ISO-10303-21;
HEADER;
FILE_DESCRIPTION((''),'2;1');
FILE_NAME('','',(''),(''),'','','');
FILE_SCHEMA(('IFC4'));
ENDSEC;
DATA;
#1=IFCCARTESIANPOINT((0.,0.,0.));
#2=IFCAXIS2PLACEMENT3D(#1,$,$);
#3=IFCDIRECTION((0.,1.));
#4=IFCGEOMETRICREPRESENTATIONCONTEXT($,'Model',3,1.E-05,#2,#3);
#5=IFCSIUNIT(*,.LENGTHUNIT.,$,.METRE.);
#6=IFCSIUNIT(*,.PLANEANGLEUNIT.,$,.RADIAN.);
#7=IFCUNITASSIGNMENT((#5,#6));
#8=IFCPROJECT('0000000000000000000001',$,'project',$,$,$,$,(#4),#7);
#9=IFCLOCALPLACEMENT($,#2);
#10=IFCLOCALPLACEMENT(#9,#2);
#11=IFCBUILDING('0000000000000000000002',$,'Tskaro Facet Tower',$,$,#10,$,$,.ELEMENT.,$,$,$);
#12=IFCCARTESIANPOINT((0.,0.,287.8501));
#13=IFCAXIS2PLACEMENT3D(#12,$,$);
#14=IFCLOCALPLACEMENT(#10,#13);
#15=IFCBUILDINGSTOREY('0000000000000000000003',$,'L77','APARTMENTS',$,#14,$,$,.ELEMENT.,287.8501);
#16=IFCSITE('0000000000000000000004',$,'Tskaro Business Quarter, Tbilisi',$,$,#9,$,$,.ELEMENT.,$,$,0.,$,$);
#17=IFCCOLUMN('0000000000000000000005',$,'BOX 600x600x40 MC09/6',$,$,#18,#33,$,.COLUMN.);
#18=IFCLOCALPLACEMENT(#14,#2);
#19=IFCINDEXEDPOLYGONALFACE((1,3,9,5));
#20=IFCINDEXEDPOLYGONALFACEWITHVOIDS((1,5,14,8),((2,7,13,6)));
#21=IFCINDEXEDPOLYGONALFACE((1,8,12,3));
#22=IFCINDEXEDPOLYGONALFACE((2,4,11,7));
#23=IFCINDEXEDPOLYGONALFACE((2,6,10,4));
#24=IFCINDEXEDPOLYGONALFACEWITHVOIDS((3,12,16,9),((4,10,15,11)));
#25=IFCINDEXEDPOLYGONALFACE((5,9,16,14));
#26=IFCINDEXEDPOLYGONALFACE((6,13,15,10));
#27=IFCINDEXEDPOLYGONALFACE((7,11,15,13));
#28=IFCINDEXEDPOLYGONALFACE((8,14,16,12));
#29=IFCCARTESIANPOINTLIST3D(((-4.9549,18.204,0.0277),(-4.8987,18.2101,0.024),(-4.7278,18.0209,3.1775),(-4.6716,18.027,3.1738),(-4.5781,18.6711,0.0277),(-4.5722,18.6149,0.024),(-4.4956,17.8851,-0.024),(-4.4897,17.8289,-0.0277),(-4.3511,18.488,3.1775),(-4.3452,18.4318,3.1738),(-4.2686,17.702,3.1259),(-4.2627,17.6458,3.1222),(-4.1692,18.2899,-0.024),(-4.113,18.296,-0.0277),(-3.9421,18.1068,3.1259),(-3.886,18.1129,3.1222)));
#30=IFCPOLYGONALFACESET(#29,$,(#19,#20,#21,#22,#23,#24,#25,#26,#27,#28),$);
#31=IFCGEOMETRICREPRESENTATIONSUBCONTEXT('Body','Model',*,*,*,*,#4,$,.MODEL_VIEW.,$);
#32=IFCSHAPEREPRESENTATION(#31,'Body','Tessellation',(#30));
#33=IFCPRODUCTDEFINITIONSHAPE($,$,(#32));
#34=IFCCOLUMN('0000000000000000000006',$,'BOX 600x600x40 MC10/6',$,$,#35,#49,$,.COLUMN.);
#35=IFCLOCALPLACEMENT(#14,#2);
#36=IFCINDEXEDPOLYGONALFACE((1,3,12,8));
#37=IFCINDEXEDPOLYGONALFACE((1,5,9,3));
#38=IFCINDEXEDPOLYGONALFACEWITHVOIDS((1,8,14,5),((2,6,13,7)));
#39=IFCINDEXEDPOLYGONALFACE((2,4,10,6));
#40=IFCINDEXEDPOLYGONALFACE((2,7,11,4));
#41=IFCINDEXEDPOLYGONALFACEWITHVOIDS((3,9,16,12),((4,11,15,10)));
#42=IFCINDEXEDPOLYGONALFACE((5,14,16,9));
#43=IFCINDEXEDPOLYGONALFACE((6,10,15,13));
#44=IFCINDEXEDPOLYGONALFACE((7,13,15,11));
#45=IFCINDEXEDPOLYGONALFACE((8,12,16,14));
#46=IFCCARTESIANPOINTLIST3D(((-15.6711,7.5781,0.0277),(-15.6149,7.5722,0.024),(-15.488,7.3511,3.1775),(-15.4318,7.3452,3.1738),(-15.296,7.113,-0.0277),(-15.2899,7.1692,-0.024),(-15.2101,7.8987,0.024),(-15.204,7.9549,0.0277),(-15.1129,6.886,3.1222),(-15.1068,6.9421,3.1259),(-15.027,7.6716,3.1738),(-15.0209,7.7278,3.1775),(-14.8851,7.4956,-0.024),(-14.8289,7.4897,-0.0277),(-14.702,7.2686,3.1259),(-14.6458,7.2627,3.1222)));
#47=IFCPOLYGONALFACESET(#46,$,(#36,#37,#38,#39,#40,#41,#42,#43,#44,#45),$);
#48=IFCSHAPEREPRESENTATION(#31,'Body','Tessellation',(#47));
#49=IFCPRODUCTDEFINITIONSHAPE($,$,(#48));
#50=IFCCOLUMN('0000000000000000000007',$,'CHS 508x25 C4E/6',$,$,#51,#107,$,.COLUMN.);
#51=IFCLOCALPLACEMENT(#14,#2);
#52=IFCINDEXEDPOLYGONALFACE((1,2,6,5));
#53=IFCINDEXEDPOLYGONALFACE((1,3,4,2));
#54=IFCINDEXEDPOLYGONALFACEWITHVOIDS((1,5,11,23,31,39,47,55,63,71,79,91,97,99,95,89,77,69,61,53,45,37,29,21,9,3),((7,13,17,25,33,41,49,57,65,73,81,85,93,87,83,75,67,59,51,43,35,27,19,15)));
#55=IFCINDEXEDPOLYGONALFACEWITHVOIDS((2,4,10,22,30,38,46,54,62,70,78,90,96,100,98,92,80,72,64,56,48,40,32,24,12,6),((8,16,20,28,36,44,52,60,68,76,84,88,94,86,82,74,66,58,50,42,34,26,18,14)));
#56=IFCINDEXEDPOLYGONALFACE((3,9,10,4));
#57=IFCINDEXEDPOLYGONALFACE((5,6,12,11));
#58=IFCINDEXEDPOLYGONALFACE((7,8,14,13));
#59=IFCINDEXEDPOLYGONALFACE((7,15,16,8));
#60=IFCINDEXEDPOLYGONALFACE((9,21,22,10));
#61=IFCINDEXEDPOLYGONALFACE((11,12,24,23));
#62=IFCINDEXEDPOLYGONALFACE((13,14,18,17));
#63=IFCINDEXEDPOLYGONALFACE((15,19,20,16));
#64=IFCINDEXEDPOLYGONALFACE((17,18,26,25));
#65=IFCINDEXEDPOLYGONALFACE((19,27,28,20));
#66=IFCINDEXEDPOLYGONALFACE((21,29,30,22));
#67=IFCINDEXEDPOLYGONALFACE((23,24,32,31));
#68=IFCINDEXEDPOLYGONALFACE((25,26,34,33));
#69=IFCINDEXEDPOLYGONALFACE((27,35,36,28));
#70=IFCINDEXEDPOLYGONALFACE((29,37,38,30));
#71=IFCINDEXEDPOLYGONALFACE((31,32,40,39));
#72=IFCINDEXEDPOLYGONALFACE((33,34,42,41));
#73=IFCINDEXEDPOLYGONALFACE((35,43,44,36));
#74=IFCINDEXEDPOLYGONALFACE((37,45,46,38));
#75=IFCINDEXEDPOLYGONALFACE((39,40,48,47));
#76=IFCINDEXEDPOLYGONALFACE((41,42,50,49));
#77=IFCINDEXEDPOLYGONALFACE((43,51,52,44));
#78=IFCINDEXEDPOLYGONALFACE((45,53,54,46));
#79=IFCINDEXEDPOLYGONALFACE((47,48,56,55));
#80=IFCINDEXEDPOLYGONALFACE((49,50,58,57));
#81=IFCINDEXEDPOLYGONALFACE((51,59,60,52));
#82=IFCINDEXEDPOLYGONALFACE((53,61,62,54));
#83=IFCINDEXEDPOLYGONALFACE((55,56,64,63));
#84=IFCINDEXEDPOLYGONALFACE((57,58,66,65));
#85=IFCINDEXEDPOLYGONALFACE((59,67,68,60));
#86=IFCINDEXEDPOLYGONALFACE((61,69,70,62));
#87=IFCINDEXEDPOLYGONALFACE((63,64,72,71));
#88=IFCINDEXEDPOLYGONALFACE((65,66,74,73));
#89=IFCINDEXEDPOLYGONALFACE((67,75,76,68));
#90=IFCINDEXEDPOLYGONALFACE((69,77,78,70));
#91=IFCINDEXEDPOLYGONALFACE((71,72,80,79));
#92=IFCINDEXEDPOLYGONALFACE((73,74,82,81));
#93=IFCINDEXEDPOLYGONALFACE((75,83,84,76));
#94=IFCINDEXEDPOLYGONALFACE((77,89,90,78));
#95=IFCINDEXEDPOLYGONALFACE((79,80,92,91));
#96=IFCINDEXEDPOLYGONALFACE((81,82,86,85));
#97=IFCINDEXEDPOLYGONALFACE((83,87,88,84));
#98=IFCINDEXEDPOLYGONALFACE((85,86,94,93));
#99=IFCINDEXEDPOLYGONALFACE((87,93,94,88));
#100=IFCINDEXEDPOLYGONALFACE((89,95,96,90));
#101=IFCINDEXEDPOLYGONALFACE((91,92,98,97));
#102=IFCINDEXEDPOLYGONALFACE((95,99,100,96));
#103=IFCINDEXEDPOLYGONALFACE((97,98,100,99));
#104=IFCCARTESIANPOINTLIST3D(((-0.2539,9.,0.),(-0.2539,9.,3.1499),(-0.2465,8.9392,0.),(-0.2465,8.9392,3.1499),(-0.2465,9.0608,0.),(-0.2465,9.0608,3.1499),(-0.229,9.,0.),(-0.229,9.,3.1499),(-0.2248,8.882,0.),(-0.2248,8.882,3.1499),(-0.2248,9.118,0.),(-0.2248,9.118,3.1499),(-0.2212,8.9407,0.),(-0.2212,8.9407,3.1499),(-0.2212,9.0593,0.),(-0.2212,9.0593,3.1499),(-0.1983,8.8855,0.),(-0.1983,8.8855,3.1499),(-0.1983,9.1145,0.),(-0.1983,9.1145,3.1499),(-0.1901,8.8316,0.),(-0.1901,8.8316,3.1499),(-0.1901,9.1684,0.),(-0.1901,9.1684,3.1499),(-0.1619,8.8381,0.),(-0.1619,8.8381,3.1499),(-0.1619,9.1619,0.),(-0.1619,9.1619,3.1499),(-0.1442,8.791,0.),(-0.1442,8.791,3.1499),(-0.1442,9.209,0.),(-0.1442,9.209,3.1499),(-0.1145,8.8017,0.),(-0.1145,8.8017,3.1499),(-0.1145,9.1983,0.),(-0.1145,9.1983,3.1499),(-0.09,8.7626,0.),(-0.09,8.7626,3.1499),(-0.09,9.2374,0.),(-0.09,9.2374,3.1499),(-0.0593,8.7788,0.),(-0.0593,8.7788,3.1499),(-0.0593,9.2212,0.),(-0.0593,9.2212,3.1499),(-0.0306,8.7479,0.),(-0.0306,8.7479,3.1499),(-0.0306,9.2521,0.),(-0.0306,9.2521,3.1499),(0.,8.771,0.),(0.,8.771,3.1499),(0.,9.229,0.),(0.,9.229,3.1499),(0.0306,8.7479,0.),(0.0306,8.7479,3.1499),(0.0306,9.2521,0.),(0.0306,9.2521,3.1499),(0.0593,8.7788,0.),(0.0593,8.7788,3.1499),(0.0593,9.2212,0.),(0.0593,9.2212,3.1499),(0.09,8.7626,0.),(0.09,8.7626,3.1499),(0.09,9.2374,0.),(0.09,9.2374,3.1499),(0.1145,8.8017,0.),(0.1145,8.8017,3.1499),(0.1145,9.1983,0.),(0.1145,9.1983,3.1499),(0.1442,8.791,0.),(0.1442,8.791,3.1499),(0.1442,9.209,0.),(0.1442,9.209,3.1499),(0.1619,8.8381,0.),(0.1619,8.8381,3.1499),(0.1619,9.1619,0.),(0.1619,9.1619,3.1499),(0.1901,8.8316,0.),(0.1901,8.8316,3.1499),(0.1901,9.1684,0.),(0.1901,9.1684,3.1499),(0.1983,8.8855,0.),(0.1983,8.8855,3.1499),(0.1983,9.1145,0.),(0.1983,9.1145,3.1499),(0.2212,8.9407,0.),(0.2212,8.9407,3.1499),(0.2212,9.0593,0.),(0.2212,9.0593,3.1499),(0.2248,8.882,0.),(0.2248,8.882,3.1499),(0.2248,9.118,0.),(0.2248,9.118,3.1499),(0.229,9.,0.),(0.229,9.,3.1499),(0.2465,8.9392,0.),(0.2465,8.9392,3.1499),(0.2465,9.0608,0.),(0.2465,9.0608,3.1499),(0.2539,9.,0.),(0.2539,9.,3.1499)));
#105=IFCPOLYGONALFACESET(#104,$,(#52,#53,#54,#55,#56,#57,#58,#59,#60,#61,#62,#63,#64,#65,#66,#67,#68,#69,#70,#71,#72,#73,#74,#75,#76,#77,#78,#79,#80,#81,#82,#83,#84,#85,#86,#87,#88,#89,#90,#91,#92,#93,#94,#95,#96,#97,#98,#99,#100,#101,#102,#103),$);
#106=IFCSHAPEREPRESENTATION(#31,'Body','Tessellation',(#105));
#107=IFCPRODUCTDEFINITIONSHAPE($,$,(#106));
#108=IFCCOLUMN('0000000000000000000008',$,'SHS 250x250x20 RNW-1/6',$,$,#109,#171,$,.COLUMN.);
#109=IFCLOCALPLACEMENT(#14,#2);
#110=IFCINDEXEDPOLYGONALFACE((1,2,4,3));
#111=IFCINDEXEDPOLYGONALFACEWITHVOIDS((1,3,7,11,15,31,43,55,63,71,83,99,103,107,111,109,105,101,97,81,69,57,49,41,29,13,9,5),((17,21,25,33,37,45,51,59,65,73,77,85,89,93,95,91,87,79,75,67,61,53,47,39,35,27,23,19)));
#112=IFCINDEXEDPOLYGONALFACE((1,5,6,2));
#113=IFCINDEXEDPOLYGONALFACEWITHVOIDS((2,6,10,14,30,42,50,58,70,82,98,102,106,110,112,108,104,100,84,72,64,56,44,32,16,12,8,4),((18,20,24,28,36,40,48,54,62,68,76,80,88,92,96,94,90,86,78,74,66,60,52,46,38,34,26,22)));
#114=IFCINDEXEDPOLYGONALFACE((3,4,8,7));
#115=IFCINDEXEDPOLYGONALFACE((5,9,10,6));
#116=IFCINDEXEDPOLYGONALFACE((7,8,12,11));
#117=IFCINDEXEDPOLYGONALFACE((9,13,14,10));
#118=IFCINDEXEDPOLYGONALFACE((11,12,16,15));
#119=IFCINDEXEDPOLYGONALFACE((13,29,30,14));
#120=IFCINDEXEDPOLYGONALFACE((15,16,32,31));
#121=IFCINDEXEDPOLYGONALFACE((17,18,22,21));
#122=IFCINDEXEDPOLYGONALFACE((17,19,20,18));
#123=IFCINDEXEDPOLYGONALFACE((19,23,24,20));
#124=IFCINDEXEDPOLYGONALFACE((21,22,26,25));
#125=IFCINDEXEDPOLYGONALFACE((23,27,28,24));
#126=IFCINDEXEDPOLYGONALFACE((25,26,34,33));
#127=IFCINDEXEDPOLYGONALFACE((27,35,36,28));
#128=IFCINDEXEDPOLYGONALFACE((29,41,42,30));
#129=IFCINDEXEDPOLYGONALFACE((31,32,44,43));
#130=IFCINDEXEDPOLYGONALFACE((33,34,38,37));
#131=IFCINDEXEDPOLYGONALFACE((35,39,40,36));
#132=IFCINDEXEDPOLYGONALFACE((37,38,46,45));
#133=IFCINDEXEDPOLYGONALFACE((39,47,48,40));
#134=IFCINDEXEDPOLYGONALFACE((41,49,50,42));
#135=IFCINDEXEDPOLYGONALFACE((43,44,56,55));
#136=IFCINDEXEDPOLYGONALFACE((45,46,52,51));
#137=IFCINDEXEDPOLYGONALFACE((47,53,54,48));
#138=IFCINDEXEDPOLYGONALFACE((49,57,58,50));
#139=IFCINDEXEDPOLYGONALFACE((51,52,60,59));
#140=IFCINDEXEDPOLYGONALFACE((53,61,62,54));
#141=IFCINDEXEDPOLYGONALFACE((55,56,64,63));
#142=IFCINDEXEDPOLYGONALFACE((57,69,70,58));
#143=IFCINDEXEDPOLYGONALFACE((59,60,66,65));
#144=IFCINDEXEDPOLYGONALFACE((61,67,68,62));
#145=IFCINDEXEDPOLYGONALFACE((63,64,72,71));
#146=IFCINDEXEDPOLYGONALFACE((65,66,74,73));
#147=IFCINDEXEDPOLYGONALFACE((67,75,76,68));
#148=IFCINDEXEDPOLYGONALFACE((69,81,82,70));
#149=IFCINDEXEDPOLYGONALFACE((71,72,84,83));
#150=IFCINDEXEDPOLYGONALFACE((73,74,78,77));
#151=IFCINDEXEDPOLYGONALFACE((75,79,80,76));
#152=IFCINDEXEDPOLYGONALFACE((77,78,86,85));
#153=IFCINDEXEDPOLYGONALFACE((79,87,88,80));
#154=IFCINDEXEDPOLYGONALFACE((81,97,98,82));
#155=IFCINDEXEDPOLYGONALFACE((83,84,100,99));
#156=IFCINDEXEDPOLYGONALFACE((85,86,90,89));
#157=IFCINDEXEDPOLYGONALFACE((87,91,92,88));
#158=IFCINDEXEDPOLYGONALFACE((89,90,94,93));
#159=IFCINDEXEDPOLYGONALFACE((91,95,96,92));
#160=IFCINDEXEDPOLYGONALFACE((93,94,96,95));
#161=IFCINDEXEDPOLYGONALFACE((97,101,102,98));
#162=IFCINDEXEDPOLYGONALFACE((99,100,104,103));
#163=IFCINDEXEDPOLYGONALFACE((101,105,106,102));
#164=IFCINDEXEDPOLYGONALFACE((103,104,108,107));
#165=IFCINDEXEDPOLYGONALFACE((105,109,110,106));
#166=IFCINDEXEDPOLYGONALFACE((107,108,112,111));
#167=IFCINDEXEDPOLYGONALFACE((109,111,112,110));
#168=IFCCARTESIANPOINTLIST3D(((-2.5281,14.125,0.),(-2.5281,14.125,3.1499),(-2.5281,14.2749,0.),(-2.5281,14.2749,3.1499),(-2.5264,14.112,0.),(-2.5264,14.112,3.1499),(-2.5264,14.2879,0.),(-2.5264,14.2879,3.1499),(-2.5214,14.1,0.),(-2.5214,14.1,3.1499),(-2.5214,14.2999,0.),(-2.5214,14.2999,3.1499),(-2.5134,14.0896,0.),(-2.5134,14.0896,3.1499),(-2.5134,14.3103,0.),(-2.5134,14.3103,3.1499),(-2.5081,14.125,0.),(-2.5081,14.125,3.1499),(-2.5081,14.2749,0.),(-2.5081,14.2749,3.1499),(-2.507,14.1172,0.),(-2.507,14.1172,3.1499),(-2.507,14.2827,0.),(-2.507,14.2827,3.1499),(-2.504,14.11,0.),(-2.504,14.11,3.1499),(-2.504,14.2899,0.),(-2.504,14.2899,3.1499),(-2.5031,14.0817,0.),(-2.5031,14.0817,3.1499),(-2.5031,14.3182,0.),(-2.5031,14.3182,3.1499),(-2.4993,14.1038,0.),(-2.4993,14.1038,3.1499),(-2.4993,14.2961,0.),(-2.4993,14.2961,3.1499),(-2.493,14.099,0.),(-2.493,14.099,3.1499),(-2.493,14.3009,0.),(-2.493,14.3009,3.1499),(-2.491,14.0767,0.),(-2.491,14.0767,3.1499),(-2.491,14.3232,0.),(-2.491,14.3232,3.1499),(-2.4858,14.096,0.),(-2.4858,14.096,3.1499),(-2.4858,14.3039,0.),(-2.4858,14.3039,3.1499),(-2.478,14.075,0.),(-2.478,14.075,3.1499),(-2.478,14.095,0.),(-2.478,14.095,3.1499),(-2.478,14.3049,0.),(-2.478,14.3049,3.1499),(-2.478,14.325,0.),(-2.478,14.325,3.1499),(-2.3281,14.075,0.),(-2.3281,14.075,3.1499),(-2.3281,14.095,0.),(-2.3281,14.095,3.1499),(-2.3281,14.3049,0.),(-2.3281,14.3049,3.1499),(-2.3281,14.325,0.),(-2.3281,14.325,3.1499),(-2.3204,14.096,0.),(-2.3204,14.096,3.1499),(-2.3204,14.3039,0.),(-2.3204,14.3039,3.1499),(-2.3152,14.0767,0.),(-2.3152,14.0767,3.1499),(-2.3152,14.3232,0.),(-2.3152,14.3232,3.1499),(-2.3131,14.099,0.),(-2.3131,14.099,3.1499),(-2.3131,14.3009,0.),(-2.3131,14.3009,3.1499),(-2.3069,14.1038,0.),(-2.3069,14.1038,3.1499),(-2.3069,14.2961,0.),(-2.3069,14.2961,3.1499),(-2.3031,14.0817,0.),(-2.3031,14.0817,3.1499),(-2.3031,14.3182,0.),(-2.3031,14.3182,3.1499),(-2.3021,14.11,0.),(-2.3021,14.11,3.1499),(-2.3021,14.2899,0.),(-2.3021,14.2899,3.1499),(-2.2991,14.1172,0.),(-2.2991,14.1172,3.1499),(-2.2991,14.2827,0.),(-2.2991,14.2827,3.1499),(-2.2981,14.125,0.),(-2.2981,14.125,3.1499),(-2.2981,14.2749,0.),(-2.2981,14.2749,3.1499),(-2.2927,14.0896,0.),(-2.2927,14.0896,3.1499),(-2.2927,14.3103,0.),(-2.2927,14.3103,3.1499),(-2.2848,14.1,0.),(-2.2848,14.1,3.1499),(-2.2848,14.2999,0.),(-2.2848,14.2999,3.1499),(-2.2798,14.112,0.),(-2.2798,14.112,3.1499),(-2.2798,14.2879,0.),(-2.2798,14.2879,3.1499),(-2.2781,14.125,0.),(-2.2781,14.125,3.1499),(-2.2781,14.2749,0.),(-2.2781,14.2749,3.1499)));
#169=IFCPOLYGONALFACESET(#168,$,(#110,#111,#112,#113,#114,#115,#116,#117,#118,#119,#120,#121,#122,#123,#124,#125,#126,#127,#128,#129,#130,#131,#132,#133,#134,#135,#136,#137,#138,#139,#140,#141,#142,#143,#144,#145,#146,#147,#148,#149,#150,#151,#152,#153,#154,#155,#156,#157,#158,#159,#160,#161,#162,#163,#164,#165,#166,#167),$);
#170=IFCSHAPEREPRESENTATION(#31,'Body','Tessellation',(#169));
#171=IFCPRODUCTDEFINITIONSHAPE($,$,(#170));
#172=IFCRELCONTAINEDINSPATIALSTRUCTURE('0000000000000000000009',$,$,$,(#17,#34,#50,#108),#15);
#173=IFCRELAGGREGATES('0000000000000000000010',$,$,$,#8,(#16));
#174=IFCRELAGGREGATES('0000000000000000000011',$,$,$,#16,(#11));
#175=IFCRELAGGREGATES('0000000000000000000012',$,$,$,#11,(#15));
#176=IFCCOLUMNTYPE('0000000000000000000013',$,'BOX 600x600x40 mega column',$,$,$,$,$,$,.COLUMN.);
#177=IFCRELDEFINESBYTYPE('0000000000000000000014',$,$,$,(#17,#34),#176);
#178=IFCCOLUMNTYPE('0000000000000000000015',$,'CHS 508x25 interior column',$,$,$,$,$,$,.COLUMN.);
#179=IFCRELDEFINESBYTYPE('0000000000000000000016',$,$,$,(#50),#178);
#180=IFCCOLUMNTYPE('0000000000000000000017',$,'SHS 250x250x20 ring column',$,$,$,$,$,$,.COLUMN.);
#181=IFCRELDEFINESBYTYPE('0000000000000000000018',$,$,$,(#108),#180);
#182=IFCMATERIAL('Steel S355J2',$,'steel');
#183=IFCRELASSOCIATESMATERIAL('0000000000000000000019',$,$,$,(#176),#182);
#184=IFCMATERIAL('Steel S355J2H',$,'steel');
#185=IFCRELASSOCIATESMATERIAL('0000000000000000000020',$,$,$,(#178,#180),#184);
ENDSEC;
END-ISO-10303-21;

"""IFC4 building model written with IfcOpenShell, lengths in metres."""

from ifc_helpers import new_model, si_unit, direction, frame, origin, origin_2d, place, context, subcontext, project, spatial, hollow_rectangle, hollow_circle, extrude, material, material_profile, profile_set, type_object, element, save


model = new_model("IFC4")

# Units and contexts
model_context = context("Model", 3, precision=1e-05, world=origin(), true_north=direction((0.0, 1.0)))
body_context = subcontext(model_context, "Body", "Model", "MODEL_VIEW")
ifc_project = project(units=[si_unit("LENGTHUNIT", "METRE"), si_unit("PLANEANGLEUNIT", "RADIAN")], contexts=[model_context])

# Site, building, storey
site_placement = place(None, origin())
site = spatial("IfcSite", under=ifc_project, at=site_placement, Name="Tskaro Business Quarter, Tbilisi", CompositionType="ELEMENT", RefElevation=0.0)
building_placement = place(site_placement, origin())
building = spatial("IfcBuilding", under=site, at=building_placement, Name="Tskaro Facet Tower", CompositionType="ELEMENT")
storey_placement = place(building_placement, frame((0.0, 0.0, 287.8501)))
storey = spatial("IfcBuildingStorey", under=building, at=storey_placement, Name="L77", Description="APARTMENTS", CompositionType="ELEMENT", Elevation=287.8501)

# Columns
ifc_material_1 = material(Name="Steel S355J2", Category="steel")
ifc_material_profile_1 = material_profile(ifc_material_1, hollow_rectangle(XDim=0.6001, YDim=0.6001, WallThickness=0.04, at=origin_2d()), Name="BOX 600x600x40")
ifc_profile_set_1 = profile_set([ifc_material_profile_1], Name="Steel S355J2")
column_type_1 = type_object("IfcColumnType", Name="BOX 600x600x40 mega column", PredefinedType="COLUMN", material=ifc_profile_set_1)
for number, where, z_axis, x_axis, name in (
    (1, (-4.5339, 18.25, 0.0), (0.071775, -0.057883, 0.99574), (0.627752, 0.778413, 0.0), "BOX 600x600x40 MC09/6"),
    (2, (-15.25, 7.5339, 0.0), (0.057883, -0.071775, 0.99574), (0.778413, 0.627752, 0.0), "BOX 600x600x40 MC10/6"),
):
    element("IfcColumn", number, at=place(storey_placement, frame(where, z_axis=z_axis, x_axis=x_axis)), inside=storey, type_object=column_type_1, Name=name, PredefinedType="COLUMN", context=body_context, shape_type="SweptSolid", body=[
        extrude(hollow_rectangle(XDim=0.6001, YDim=0.6001, WallThickness=0.04, at=origin_2d()), origin(), (0.0, 0.0, 1.0), 3.1633),
    ])
ifc_material_2 = material(Name="Steel S355J2H", Category="steel")
ifc_material_profile_2 = material_profile(ifc_material_2, hollow_circle(Radius=0.2539, WallThickness=0.0249, at=origin_2d()), Name="CHS 508x25")
ifc_profile_set_2 = profile_set([ifc_material_profile_2], Name="Steel S355J2H")
column_type_2 = type_object("IfcColumnType", Name="CHS 508x25 interior column", PredefinedType="COLUMN", material=ifc_profile_set_2)
column_placement = place(storey_placement, frame((0.0, 9.0, 0.0), z_axis=(0.0, 0.0, 1.0), x_axis=(1.0, 0.0, 0.0)))
element("IfcColumn", 3, at=column_placement, inside=storey, type_object=column_type_2, Name="CHS 508x25 C4E/6", PredefinedType="COLUMN", context=body_context, shape_type="SweptSolid", body=[
    extrude(hollow_circle(Radius=0.2539, WallThickness=0.0249, at=origin_2d()), origin(), (0.0, 0.0, 1.0), 3.1499),
])
ifc_material_profile_3 = material_profile(ifc_material_2, hollow_rectangle(XDim=0.25, YDim=0.25, WallThickness=0.02, InnerFilletRadius=0.03, OuterFilletRadius=0.05, at=origin_2d()), Name="SHS 250x250x20")
ifc_profile_set_3 = profile_set([ifc_material_profile_3], Name="Steel S355J2H")
column_type_3 = type_object("IfcColumnType", Name="SHS 250x250x20 ring column", PredefinedType="COLUMN", material=ifc_profile_set_3)
for number, where, z_axis, x_axis, name in (
    (4, (-2.4031, 14.2, 0.0), (0.0, 0.0, 1.0), (1.0, 0.0, 0.0), "SHS 250x250x20 RNW-1/6"),
):
    element("IfcColumn", number, at=place(storey_placement, frame(where, z_axis=z_axis, x_axis=x_axis)), inside=storey, type_object=column_type_3, Name=name, PredefinedType="COLUMN", context=body_context, shape_type="SweptSolid", body=[
        extrude(hollow_rectangle(XDim=0.25, YDim=0.25, WallThickness=0.02, InnerFilletRadius=0.03, OuterFilletRadius=0.05, at=origin_2d()), origin(), (0.0, 0.0, 1.0), 3.1499),
    ])

save(model, "model.ifc")
